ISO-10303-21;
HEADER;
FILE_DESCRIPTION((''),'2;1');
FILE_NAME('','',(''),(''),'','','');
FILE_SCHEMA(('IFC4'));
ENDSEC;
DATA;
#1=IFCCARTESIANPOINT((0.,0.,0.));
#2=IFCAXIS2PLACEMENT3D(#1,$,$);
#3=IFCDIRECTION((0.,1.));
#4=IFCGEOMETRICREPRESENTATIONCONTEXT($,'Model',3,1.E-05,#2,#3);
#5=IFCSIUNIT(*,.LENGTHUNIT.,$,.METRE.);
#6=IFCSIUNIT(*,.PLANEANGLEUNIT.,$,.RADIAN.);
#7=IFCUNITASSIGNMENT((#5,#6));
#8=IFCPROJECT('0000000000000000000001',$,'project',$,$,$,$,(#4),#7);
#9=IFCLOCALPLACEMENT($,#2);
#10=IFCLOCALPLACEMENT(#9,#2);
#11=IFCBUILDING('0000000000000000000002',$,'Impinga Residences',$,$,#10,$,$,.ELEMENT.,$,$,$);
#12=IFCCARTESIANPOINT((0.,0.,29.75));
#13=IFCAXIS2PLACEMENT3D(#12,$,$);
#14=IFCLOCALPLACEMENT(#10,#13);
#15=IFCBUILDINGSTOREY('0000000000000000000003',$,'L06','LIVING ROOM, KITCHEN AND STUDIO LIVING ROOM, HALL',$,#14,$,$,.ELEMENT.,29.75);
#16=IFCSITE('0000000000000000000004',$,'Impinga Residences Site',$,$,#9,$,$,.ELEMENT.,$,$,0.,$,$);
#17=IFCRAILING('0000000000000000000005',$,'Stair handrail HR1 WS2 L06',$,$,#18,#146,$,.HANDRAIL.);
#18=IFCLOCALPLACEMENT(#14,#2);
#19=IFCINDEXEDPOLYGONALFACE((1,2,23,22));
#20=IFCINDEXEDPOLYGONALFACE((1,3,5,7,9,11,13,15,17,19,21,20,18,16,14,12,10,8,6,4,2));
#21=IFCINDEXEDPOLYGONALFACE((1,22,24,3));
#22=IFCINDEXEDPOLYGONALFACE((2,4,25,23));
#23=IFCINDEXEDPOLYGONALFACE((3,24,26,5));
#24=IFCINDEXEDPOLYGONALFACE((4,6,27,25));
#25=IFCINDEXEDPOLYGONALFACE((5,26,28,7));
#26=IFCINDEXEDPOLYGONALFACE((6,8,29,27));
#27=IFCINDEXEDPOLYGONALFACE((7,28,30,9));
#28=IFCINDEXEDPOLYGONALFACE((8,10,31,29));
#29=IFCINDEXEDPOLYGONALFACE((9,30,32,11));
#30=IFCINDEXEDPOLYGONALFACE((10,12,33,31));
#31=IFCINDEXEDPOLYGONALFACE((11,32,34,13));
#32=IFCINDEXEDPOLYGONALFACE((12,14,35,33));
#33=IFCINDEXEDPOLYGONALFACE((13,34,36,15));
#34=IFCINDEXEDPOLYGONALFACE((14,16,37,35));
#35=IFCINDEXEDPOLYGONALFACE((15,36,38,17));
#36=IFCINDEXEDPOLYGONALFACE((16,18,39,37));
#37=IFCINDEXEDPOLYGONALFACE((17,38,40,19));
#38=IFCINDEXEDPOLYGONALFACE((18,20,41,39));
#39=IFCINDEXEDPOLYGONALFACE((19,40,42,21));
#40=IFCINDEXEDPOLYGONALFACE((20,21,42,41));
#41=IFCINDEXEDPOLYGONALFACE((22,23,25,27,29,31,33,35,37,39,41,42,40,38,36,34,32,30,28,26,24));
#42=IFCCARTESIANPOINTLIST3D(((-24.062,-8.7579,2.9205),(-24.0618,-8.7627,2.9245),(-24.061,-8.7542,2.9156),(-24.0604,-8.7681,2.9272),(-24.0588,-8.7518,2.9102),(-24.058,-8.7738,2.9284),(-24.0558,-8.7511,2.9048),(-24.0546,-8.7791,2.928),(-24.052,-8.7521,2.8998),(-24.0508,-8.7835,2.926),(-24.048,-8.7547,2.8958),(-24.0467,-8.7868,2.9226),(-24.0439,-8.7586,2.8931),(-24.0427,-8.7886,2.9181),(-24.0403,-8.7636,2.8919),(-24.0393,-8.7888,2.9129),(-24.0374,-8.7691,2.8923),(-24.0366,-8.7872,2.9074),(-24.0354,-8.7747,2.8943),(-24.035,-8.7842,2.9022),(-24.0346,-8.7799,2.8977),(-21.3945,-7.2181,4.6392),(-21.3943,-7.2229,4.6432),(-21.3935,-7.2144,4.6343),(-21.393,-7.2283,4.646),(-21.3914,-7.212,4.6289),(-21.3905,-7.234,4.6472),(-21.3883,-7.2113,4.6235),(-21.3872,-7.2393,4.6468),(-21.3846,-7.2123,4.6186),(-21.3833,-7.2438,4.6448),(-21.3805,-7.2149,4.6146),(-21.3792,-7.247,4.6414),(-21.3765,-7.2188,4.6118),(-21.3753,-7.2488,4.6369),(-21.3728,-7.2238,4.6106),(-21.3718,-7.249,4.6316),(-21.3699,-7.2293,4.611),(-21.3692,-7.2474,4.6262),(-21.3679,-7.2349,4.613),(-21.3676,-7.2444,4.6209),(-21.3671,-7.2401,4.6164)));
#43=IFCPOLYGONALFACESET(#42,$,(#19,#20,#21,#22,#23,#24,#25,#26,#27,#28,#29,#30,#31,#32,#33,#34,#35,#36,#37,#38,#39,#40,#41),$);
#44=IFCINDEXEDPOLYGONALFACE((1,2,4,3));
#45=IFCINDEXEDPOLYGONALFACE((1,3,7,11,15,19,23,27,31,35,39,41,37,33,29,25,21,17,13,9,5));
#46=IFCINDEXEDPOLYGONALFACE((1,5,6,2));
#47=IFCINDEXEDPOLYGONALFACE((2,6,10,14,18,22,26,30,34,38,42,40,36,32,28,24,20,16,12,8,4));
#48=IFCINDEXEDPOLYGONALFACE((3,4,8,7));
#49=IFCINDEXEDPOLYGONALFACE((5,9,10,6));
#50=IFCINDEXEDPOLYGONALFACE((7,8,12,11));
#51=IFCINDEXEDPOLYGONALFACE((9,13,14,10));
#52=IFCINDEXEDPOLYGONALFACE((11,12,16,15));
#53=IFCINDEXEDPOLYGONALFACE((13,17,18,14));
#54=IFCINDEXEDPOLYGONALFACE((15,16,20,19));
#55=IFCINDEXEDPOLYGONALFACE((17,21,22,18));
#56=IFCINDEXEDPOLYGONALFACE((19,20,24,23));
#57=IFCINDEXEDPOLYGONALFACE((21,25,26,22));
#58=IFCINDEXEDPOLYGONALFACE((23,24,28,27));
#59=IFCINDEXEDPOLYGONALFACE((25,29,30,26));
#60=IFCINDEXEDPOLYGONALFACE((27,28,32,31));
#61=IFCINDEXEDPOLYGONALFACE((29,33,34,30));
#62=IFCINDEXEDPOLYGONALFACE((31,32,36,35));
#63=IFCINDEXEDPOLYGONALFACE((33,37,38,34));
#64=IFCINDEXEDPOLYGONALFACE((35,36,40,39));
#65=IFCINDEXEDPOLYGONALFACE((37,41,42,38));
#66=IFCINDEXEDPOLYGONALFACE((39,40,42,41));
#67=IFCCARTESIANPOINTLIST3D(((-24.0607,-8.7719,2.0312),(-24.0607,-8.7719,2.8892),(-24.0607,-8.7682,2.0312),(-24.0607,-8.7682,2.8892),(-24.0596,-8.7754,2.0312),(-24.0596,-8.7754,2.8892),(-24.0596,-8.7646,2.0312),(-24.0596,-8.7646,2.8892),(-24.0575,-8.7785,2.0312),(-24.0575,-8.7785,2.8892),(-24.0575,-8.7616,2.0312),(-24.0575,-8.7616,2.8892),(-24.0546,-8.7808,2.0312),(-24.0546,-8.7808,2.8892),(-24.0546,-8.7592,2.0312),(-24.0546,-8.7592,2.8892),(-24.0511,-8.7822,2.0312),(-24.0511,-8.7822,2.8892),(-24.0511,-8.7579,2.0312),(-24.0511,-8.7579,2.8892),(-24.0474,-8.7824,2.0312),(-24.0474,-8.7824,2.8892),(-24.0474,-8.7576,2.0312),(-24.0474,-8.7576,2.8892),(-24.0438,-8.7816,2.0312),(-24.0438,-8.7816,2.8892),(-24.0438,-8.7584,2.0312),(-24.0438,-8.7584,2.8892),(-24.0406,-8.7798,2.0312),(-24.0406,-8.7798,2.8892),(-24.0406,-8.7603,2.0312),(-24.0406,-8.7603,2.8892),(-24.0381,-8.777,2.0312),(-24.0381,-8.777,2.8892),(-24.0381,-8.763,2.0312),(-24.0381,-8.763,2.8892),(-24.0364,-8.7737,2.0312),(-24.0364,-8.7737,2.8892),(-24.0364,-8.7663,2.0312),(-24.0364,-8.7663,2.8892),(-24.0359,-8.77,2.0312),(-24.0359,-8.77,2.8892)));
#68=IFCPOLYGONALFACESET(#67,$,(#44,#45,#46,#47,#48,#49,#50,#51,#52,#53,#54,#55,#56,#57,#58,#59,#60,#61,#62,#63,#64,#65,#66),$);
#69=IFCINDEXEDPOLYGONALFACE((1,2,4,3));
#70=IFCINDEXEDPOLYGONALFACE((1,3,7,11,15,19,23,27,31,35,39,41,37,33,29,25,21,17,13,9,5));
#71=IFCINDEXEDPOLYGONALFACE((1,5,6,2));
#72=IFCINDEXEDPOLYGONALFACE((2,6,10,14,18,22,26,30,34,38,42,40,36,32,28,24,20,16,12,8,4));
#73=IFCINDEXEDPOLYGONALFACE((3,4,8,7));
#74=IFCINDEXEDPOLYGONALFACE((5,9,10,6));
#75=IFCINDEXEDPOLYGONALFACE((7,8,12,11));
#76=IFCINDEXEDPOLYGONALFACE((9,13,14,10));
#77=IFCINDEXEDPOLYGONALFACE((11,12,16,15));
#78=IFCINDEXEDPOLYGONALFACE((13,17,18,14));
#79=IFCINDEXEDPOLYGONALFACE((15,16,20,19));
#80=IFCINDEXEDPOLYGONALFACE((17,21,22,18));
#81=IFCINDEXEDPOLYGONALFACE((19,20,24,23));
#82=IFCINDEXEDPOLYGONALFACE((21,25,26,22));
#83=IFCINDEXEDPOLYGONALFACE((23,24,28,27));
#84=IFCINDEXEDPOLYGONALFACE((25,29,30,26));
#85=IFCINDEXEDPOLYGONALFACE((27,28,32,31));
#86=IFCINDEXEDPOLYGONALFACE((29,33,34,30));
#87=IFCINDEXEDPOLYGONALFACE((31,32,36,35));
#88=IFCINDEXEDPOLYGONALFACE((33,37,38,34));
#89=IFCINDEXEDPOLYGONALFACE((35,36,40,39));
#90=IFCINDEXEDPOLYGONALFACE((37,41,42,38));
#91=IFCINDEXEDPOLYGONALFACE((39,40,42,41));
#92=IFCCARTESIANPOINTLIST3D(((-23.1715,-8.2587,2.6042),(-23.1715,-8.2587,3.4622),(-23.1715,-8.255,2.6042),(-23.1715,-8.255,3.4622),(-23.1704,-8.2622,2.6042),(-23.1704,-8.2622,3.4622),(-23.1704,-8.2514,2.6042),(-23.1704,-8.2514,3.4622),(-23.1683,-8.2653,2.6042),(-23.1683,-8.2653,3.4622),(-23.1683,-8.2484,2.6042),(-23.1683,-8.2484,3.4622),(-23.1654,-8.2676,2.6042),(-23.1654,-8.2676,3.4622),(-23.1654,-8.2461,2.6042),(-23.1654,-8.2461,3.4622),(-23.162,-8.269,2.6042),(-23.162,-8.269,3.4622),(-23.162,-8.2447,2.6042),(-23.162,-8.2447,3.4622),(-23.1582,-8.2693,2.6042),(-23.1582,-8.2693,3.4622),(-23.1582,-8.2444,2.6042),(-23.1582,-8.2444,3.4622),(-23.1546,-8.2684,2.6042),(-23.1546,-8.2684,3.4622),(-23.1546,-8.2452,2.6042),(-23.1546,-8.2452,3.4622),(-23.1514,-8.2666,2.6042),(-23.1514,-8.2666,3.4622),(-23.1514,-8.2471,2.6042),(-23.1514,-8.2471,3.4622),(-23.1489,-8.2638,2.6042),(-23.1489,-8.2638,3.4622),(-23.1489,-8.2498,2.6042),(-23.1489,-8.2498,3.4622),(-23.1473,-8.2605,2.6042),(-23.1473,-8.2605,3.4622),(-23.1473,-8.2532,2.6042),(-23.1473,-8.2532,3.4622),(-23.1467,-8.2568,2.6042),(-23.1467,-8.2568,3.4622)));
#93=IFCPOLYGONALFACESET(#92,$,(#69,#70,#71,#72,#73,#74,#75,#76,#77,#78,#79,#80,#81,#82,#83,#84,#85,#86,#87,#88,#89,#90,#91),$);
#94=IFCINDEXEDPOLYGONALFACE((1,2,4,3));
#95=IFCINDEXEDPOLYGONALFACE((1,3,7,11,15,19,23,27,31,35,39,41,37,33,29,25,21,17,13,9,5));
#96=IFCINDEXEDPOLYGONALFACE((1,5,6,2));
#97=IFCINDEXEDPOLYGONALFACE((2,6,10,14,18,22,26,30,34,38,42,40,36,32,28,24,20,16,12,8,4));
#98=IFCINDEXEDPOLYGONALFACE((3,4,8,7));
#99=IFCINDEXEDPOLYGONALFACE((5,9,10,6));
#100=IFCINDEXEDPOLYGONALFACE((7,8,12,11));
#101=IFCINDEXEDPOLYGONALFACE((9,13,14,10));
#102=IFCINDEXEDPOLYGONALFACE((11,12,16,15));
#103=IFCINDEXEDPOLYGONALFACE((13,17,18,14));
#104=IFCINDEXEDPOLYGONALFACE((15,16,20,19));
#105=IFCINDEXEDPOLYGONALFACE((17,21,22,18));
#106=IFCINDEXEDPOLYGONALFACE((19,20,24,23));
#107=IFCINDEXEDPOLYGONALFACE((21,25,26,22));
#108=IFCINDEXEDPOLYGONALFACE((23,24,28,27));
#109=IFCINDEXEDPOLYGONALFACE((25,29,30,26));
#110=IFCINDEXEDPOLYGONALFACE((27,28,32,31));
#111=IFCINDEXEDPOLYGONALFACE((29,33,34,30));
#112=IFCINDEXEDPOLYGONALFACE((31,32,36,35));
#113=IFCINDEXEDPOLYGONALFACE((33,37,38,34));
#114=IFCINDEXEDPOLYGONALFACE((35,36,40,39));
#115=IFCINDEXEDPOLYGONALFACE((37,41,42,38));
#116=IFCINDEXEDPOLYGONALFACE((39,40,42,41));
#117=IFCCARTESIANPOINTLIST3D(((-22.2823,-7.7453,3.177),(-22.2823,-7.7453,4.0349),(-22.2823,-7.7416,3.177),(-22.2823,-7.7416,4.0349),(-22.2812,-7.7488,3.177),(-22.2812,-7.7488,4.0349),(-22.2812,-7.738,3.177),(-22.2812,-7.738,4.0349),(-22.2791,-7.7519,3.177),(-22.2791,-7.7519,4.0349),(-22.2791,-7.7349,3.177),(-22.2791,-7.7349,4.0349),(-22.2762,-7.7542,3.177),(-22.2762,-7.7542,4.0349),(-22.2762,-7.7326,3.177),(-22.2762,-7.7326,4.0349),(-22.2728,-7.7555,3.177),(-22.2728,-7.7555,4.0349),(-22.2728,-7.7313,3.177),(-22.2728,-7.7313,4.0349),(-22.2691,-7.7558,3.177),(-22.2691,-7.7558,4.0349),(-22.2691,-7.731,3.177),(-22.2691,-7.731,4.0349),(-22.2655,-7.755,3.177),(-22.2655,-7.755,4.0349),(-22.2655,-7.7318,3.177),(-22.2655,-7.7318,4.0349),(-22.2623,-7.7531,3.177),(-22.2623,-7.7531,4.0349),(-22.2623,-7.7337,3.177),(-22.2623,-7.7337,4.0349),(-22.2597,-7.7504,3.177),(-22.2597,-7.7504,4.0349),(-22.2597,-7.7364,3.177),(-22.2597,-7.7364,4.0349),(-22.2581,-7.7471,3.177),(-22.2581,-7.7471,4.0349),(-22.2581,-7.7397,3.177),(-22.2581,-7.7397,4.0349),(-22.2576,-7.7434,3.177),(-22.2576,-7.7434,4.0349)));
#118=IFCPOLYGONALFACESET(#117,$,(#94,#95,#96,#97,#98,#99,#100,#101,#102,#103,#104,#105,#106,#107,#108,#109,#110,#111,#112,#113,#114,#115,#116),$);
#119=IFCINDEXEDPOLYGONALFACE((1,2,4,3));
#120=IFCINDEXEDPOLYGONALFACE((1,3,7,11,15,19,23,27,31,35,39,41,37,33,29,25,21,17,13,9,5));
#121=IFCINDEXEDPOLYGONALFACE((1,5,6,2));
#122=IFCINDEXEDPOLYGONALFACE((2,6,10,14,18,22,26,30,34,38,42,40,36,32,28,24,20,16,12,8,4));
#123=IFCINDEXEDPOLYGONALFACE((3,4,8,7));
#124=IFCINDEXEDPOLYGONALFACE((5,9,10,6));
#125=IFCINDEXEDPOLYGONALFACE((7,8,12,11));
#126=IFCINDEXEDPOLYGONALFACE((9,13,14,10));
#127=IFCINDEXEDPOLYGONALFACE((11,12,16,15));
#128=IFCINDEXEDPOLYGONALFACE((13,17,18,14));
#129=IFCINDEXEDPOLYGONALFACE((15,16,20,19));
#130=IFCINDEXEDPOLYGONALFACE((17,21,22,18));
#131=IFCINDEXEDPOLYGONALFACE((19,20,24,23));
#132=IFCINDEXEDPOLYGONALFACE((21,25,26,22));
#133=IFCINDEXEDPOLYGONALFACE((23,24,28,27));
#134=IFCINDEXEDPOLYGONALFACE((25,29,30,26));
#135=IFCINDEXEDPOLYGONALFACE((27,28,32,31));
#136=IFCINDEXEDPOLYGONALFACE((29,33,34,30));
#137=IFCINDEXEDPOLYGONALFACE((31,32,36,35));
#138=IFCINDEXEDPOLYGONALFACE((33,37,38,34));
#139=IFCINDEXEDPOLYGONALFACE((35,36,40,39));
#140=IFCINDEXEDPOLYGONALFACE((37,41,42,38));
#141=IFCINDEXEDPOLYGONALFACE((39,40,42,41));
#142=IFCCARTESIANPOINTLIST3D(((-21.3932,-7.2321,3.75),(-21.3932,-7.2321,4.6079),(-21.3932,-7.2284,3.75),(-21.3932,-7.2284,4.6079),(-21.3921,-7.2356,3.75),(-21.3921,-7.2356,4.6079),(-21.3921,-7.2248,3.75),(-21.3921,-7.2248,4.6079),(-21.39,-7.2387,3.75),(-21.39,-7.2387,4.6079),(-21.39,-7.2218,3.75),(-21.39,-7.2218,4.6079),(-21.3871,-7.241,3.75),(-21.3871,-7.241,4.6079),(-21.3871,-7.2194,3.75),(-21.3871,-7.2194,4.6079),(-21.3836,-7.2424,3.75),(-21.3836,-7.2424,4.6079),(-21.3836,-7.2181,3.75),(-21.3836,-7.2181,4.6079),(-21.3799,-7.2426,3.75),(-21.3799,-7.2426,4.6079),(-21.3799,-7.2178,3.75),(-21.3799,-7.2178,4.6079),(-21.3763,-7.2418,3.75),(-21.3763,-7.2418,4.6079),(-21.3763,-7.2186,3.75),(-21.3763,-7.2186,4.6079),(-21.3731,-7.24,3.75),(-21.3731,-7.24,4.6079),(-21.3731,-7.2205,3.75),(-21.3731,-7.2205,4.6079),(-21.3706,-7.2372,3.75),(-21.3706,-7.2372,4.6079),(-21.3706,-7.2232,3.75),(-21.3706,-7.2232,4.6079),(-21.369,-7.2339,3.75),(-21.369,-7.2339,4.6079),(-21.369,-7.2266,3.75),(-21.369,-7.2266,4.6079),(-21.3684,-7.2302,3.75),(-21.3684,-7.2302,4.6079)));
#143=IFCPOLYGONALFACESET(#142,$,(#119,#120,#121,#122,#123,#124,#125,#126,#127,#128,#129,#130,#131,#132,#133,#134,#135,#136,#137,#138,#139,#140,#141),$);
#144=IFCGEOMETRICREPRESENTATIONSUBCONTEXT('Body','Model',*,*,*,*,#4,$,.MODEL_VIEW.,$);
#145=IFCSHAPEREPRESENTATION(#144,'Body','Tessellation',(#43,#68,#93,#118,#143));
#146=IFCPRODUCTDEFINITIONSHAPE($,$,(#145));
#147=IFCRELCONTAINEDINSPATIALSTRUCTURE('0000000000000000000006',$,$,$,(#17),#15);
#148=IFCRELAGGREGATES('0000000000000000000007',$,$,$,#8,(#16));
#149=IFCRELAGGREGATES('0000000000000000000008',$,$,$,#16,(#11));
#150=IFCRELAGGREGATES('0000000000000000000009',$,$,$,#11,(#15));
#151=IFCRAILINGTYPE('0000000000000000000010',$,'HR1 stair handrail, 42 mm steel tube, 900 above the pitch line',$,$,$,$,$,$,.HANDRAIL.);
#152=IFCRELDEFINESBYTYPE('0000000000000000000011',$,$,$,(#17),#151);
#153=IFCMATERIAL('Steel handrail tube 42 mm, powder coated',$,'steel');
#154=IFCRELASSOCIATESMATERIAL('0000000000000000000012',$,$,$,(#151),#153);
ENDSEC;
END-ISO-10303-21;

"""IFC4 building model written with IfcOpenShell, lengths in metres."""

from ifc_helpers import new_model, si_unit, direction, frame, origin, origin_2d, place, context, subcontext, project, spatial, circle, extrude, material, type_object, element, save


model = new_model("IFC4")

# Units and contexts
model_context = context("Model", 3, precision=1e-05, world=origin(), true_north=direction((0.0, 1.0)))
body_context = subcontext(model_context, "Body", "Model", "MODEL_VIEW")
ifc_project = project(units=[si_unit("LENGTHUNIT", "METRE"), si_unit("PLANEANGLEUNIT", "RADIAN")], contexts=[model_context])

# Site, building, storey
site_placement = place(None, origin())
site = spatial("IfcSite", under=ifc_project, at=site_placement, Name="Impinga Residences Site", CompositionType="ELEMENT", RefElevation=0.0)
building_placement = place(site_placement, origin())
building = spatial("IfcBuilding", under=site, at=building_placement, Name="Impinga Residences", CompositionType="ELEMENT")
storey_placement = place(building_placement, frame((0.0, 0.0, 29.75)))
storey = spatial("IfcBuildingStorey", under=building, at=storey_placement, Name="L06", Description="LIVING ROOM, KITCHEN AND STUDIO LIVING ROOM, HALL", CompositionType="ELEMENT", Elevation=29.75)

# Railing
ifc_material_1 = material(Name="Steel handrail tube 42 mm, powder coated", Category="steel")
railing_type_1 = type_object("IfcRailingType", Name="HR1 stair handrail, 42 mm steel tube, 900 above the pitch line", PredefinedType="HANDRAIL", material=ifc_material_1)
railing_1_placement = place(storey_placement, frame((-24.0483, -8.77, 2.0312)))
element("IfcRailing", 1, at=railing_1_placement, inside=storey, type_object=railing_type_1, Name="Stair handrail HR1 WS2 L06", PredefinedType="HANDRAIL", context=body_context, shape_type="SweptSolid", body=[
    extrude(circle(Radius=0.021, at=origin_2d()), frame((0.0, 0.0, 0.8789), z_axis=(0.756279, 0.43656, 0.487297), x_axis=(-0.499933, 0.866064, 0.0)), (0.0, 0.0, 1.0), 3.5271),
    extrude(circle(Radius=0.0125, at=origin_2d()), origin(), (0.0, 0.0, 1.0), 0.8579),
    extrude(circle(Radius=0.0125, at=origin_2d()), frame((0.8892, 0.5132, 0.573)), (0.0, 0.0, 1.0), 0.8579),
    extrude(circle(Radius=0.0125, at=origin_2d()), frame((1.7783, 1.0266, 1.1458)), (0.0, 0.0, 1.0), 0.8579),
    extrude(circle(Radius=0.0125, at=origin_2d()), frame((2.6675, 1.5398, 1.7188)), (0.0, 0.0, 1.0), 0.8579),
])

save(model, "model.ifc")
